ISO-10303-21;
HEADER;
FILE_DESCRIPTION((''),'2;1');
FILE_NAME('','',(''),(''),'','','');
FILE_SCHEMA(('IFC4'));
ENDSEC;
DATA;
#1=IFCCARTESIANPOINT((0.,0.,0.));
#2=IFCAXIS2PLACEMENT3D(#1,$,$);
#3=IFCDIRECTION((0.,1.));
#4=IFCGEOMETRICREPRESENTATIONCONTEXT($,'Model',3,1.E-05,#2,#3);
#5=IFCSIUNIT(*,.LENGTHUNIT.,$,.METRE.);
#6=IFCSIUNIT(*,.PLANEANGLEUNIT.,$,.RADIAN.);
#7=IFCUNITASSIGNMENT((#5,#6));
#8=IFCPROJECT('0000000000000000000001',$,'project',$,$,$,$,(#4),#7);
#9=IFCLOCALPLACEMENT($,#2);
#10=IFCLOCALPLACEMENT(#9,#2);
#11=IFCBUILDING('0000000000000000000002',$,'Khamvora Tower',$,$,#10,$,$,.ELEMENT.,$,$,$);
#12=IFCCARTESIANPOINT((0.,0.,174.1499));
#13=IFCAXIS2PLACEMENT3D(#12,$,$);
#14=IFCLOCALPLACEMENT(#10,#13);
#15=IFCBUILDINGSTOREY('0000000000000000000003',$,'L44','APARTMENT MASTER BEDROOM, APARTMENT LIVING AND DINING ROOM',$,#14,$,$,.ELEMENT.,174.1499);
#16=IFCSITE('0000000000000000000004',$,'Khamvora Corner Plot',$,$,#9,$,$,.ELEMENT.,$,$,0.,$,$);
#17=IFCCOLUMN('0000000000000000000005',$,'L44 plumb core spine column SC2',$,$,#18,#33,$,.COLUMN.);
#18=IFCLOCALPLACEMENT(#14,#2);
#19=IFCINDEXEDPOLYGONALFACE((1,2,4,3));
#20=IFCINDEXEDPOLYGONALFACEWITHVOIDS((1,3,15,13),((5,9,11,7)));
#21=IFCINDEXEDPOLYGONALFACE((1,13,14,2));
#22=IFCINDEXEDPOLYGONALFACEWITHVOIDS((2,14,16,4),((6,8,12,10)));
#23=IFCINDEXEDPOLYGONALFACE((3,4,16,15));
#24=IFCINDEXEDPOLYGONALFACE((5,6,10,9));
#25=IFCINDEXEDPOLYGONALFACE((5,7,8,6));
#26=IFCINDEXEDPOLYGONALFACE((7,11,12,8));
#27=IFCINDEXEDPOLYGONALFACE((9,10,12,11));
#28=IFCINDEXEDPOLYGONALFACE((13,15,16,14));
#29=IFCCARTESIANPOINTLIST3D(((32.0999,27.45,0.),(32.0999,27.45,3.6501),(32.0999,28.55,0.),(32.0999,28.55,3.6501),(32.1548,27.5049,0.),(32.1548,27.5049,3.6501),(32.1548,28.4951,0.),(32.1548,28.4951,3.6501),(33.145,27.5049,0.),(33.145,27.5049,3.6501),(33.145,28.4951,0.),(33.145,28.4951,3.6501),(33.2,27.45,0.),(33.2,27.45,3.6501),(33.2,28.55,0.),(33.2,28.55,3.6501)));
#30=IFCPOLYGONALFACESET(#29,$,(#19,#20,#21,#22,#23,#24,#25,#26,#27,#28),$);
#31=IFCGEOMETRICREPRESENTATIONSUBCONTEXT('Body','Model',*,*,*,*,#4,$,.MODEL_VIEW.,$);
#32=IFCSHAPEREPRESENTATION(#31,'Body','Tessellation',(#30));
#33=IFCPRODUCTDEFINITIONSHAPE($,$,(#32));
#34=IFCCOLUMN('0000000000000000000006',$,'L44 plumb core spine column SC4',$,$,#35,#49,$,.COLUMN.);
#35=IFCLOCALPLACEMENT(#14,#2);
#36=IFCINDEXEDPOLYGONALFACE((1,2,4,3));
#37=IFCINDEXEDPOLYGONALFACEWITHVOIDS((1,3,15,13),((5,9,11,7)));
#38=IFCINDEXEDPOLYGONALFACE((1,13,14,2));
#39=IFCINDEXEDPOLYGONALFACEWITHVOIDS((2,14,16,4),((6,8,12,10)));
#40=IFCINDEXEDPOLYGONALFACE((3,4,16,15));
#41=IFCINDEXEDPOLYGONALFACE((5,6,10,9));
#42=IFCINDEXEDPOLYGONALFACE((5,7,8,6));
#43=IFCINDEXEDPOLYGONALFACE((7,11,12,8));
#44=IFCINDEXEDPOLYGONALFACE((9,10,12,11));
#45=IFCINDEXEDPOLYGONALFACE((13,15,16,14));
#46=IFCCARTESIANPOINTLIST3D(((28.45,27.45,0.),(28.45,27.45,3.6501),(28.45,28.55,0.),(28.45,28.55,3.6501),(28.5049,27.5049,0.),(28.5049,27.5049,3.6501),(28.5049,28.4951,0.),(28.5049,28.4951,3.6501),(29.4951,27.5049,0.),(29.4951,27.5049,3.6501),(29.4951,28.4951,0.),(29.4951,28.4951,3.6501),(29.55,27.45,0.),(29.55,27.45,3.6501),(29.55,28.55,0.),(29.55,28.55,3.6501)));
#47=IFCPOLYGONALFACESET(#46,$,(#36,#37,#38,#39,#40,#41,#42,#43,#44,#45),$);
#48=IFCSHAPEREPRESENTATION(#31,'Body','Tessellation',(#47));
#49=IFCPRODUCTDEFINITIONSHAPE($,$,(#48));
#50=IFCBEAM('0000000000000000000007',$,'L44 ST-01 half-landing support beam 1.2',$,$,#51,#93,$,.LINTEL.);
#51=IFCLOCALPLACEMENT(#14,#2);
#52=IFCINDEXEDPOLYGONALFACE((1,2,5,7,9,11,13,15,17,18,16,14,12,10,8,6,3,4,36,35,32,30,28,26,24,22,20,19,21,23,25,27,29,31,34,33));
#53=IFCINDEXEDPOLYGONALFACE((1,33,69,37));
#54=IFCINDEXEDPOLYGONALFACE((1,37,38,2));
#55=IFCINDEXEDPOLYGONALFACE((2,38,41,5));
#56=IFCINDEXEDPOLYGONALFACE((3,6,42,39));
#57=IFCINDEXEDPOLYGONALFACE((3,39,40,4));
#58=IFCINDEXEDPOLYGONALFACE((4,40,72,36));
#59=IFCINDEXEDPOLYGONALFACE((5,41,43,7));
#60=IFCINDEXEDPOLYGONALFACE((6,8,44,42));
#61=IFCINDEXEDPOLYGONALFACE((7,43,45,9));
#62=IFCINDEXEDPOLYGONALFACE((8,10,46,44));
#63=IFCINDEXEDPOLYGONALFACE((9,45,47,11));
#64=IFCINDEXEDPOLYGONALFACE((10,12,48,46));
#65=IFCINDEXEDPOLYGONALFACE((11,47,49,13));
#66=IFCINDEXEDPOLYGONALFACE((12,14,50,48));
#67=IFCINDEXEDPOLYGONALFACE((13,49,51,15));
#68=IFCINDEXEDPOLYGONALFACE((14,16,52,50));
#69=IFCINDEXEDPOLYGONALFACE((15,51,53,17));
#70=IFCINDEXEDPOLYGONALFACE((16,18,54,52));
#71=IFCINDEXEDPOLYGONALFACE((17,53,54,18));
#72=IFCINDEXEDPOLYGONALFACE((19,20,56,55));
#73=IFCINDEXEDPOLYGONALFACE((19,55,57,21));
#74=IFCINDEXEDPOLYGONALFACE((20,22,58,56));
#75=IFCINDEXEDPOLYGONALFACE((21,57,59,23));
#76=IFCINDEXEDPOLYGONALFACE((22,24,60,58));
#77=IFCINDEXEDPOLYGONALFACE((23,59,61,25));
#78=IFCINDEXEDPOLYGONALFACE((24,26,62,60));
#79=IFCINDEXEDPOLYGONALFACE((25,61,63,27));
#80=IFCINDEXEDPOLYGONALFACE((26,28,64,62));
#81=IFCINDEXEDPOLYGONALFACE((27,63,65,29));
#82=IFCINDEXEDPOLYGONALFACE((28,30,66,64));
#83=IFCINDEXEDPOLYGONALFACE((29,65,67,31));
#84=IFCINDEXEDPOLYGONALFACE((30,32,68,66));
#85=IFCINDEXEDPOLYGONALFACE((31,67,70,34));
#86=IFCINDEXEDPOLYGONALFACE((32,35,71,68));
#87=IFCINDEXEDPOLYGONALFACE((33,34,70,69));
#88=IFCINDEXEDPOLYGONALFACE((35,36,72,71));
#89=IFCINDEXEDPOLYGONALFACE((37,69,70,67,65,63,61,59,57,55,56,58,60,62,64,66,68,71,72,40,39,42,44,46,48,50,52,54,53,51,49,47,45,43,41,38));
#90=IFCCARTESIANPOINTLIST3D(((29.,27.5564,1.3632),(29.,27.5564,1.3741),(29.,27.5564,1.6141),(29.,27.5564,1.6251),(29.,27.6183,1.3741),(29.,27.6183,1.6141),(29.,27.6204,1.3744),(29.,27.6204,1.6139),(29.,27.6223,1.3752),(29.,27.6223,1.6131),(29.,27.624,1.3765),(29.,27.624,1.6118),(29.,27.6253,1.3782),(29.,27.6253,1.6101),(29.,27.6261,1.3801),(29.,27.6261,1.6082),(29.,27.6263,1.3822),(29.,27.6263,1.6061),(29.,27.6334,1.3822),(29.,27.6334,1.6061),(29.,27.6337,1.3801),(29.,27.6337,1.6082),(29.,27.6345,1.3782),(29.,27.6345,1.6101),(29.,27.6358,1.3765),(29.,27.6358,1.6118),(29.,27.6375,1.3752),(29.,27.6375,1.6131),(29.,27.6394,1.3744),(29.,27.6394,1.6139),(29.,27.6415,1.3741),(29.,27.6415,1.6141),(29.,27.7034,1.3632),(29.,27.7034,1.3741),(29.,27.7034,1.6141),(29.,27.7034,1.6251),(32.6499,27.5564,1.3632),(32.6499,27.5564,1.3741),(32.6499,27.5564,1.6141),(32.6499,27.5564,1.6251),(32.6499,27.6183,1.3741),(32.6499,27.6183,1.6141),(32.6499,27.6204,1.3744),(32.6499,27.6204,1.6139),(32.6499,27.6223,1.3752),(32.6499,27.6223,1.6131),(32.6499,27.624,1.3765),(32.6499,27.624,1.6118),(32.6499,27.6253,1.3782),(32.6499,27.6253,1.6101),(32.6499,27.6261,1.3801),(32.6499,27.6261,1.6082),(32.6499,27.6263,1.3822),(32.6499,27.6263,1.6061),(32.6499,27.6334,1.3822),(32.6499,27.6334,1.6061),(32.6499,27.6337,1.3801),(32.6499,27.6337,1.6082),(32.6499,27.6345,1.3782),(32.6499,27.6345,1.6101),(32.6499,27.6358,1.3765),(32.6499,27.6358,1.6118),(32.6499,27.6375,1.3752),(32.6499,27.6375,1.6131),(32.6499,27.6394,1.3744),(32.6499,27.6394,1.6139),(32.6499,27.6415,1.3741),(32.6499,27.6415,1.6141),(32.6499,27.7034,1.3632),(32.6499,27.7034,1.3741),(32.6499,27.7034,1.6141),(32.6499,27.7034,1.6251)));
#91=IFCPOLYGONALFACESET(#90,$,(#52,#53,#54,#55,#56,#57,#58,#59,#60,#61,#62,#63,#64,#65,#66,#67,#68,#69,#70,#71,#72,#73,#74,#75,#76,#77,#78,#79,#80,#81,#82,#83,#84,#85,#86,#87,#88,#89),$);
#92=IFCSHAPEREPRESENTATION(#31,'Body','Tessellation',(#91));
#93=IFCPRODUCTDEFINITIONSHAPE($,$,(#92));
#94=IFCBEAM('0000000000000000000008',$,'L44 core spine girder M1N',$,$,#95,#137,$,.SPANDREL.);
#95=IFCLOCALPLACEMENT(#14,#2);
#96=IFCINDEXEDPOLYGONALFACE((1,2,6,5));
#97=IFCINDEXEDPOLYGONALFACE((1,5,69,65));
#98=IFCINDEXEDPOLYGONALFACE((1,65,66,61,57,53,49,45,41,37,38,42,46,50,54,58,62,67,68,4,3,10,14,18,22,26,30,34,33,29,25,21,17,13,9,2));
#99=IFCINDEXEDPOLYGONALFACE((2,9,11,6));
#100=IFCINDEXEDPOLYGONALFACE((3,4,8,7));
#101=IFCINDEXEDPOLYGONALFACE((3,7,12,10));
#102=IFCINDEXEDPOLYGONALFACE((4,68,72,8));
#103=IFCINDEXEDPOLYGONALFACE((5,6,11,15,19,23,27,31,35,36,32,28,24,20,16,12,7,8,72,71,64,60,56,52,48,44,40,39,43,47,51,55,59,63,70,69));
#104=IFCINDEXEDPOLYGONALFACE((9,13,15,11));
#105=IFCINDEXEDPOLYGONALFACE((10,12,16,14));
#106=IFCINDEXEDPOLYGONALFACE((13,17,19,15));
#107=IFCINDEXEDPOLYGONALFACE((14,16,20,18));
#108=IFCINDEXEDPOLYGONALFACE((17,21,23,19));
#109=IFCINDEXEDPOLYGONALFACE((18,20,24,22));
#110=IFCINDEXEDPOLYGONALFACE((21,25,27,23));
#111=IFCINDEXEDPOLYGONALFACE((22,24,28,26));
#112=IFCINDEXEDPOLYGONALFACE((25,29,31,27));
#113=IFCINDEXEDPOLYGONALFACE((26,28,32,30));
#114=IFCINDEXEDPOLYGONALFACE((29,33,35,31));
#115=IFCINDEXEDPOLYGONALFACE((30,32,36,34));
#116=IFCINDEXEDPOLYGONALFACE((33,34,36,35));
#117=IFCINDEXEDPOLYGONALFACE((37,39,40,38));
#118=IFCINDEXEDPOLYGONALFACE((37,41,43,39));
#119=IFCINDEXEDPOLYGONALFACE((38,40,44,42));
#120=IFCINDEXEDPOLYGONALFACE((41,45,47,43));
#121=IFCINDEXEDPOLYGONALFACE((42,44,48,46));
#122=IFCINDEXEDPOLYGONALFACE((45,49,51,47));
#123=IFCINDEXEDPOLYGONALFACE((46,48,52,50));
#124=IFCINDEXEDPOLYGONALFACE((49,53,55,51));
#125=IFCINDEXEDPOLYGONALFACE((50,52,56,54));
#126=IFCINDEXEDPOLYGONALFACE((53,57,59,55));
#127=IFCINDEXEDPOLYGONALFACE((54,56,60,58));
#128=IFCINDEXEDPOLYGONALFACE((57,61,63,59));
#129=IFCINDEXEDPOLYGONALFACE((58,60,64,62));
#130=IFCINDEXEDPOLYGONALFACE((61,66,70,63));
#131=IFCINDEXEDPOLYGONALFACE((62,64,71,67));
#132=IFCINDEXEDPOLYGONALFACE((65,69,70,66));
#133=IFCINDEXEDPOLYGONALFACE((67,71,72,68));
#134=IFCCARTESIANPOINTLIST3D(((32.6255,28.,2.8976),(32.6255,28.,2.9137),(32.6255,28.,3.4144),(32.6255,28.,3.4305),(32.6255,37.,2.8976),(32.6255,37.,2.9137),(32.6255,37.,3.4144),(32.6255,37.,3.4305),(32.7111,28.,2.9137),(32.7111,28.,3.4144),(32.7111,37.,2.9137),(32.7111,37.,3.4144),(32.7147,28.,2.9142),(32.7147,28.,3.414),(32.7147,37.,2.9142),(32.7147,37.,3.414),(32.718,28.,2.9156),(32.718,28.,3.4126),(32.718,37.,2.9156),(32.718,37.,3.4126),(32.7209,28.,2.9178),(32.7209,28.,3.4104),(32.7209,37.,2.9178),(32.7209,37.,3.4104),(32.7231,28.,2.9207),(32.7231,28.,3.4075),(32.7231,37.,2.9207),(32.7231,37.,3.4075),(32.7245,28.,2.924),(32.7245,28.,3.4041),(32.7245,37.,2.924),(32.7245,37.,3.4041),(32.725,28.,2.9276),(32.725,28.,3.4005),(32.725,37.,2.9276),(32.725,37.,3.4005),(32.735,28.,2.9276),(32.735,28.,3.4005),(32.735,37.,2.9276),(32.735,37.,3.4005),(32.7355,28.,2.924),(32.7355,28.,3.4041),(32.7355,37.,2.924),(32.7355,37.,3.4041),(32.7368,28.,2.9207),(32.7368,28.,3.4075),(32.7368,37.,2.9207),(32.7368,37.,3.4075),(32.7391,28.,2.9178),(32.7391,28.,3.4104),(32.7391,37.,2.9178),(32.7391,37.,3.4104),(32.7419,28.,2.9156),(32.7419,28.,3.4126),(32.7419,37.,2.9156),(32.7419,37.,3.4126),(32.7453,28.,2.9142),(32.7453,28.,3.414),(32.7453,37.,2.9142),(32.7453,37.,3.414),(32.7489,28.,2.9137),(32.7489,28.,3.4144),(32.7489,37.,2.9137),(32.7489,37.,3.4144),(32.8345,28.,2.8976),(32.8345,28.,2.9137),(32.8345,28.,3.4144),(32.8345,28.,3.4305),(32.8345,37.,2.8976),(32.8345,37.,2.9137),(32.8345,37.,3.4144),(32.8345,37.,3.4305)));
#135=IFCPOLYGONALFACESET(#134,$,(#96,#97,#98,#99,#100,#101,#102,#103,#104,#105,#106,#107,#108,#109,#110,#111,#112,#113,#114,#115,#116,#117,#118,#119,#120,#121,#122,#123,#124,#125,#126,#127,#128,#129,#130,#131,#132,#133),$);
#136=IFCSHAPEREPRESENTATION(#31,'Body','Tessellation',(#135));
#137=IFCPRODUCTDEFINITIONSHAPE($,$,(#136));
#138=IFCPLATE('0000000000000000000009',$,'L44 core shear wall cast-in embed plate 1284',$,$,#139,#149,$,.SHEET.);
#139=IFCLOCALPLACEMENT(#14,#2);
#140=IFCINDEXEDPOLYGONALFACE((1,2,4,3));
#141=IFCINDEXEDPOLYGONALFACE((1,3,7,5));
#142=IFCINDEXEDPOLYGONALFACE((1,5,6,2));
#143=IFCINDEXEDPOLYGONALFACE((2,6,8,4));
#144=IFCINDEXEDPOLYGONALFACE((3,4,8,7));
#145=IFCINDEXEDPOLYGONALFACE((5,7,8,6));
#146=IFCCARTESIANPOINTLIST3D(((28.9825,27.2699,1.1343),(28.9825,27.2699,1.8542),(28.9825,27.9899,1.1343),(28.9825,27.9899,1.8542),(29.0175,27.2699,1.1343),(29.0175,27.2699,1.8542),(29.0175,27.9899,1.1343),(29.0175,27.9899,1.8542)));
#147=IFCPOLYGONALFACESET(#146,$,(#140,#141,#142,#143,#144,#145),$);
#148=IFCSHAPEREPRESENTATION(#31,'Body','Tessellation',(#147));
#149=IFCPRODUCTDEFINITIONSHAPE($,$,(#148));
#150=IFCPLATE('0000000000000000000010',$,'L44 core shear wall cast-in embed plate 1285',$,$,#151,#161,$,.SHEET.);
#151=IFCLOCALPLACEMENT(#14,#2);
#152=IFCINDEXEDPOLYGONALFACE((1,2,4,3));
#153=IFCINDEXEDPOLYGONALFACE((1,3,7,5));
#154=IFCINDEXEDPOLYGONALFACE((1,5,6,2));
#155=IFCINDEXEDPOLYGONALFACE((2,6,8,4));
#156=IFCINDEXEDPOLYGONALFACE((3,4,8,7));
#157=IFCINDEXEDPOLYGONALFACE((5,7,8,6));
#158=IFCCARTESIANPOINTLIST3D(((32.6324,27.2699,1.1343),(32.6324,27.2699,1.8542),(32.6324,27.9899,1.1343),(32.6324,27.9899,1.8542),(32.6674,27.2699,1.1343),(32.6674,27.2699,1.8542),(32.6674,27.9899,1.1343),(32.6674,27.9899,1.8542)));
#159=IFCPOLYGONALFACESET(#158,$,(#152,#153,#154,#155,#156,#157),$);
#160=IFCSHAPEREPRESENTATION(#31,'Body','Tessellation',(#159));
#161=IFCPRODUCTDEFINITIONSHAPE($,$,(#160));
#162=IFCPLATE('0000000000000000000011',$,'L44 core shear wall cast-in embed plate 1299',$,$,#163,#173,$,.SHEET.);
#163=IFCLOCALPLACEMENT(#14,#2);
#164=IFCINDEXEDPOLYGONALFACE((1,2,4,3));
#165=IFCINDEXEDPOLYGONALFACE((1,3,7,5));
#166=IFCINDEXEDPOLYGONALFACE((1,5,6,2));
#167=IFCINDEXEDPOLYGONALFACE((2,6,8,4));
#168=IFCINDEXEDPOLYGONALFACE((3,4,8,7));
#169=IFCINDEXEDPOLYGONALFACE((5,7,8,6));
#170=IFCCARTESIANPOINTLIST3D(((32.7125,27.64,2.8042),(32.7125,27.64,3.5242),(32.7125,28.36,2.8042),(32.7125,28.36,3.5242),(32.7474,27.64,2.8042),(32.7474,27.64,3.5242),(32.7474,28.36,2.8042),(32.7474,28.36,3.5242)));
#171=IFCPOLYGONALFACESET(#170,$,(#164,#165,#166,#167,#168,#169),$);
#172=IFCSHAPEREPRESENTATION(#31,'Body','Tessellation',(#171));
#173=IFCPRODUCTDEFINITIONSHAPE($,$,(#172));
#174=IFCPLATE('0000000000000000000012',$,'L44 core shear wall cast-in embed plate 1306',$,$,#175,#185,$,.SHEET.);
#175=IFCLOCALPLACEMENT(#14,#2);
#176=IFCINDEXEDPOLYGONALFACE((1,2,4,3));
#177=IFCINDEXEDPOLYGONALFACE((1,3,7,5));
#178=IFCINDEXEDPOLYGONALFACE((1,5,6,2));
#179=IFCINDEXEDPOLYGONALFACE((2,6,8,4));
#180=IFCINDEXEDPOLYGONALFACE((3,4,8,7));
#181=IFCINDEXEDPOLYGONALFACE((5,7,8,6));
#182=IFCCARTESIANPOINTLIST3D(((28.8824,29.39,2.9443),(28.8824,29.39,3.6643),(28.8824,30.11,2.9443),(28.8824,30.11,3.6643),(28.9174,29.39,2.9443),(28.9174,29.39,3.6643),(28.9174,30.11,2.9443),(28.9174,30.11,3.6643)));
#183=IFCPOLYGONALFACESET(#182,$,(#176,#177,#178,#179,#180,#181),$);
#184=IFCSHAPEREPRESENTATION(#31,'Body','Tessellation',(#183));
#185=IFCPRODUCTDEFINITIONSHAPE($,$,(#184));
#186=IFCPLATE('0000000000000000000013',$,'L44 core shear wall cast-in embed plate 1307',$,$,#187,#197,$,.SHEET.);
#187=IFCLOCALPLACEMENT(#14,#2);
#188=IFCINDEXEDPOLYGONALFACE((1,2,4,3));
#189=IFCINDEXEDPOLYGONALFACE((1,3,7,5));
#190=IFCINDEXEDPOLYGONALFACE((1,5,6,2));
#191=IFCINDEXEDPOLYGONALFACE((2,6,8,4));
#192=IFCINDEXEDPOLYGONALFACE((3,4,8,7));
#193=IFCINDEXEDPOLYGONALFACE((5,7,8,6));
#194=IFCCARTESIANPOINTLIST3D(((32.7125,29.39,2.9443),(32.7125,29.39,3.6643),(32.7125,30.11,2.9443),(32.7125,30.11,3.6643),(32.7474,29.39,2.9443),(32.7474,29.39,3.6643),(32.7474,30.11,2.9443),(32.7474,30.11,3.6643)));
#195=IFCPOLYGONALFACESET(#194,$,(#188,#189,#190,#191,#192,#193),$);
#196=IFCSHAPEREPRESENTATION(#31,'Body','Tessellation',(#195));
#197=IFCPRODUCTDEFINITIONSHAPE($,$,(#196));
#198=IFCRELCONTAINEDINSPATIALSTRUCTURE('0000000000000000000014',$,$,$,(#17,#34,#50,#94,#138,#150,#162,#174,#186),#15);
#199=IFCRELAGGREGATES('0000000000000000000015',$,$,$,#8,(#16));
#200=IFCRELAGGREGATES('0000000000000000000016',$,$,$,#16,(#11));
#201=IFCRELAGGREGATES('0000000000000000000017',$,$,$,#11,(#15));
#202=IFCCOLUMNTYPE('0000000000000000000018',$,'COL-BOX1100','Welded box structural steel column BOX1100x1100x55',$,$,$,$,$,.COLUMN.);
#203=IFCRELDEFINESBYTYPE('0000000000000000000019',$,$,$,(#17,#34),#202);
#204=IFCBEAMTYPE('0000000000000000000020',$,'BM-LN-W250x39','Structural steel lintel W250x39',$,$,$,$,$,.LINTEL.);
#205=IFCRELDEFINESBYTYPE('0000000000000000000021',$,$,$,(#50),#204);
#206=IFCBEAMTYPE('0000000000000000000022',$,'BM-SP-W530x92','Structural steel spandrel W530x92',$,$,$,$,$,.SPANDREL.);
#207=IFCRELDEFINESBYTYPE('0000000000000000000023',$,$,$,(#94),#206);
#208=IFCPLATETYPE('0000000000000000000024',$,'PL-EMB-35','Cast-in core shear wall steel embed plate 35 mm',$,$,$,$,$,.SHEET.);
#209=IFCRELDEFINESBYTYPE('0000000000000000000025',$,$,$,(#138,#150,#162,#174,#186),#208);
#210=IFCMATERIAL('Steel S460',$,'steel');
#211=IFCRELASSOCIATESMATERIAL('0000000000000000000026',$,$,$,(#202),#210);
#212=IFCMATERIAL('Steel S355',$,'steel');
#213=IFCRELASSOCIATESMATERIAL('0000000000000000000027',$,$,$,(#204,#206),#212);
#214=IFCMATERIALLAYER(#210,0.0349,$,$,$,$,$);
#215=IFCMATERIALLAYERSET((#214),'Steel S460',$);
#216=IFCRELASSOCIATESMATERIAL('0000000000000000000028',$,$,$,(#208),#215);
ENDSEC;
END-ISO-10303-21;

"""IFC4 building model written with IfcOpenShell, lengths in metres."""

from ifc_helpers import new_model, si_unit, direction, frame, origin, origin_2d, place, context, subcontext, project, spatial, rectangle, hollow_rectangle, i_section, extrude, material, layer, layer_set, material_profile, profile_set, type_object, element, save


model = new_model("IFC4")

# Units and contexts
model_context = context("Model", 3, precision=1e-05, world=origin(), true_north=direction((0.0, 1.0)))
body_context = subcontext(model_context, "Body", "Model", "MODEL_VIEW")
ifc_project = project(units=[si_unit("LENGTHUNIT", "METRE"), si_unit("PLANEANGLEUNIT", "RADIAN")], contexts=[model_context])

# Site, building, storey
site_placement = place(None, origin())
site = spatial("IfcSite", under=ifc_project, at=site_placement, Name="Khamvora Corner Plot", CompositionType="ELEMENT", RefElevation=0.0)
building_placement = place(site_placement, origin())
building = spatial("IfcBuilding", under=site, at=building_placement, Name="Khamvora Tower", CompositionType="ELEMENT")
storey_placement = place(building_placement, frame((0.0, 0.0, 174.1499)))
storey = spatial("IfcBuildingStorey", under=building, at=storey_placement, Name="L44", Description="APARTMENT MASTER BEDROOM, APARTMENT LIVING AND DINING ROOM", CompositionType="ELEMENT", Elevation=174.1499)

# Columns
ifc_material_1 = material(Name="Steel S460", Category="steel")
ifc_material_profile_1 = material_profile(ifc_material_1, hollow_rectangle(XDim=1.1001, YDim=1.1001, WallThickness=0.0549, at=origin_2d()), Name="BOX1100x1100x55")
ifc_profile_set_1 = profile_set([ifc_material_profile_1], Name="Steel S460")
column_type = type_object("IfcColumnType", Name="COL-BOX1100", Description="Welded box structural steel column BOX1100x1100x55", PredefinedType="COLUMN", material=ifc_profile_set_1)
for number, where, z_axis, x_axis, name in (
    (1, (32.6499, 28.0, 0.0), (0.0, 0.0, 1.0), (1.0, 0.0, 0.0), "L44 plumb core spine column SC2"),
    (2, (29.0, 28.0, 0.0), (0.0, 0.0, 1.0), (1.0, 0.0, 0.0), "L44 plumb core spine column SC4"),
):
    element("IfcColumn", number, at=place(storey_placement, frame(where, z_axis=z_axis, x_axis=x_axis)), inside=storey, type_object=column_type, Name=name, PredefinedType="COLUMN", context=body_context, shape_type="SweptSolid", body=[
        extrude(hollow_rectangle(XDim=1.1001, YDim=1.1001, WallThickness=0.0549, at=origin_2d()), origin(), (0.0, 0.0, 1.0), 3.6501),
    ])

# Beams
ifc_material_2 = material(Name="Steel S355", Category="steel")
ifc_material_profile_2 = material_profile(ifc_material_2, i_section(OverallWidth=0.147, OverallDepth=0.262, WebThickness=0.0071, FlangeThickness=0.011, FilletRadius=0.0081, at=origin_2d()), Name="W250x39")
ifc_profile_set_2 = profile_set([ifc_material_profile_2], Name="Steel S355")
beam_type_1 = type_object("IfcBeamType", Name="BM-LN-W250x39", Description="Structural steel lintel W250x39", PredefinedType="LINTEL", material=ifc_profile_set_2)
beam_1_placement = place(storey_placement, frame((29.0, 27.6299, 1.4941), z_axis=(1.0, 0.0, 0.0), x_axis=(0.0, 1.0, 0.0)))
element("IfcBeam", 3, at=beam_1_placement, inside=storey, type_object=beam_type_1, Name="L44 ST-01 half-landing support beam 1.2", PredefinedType="LINTEL", context=body_context, shape_type="SweptSolid", body=[
    extrude(i_section(OverallWidth=0.147, OverallDepth=0.262, WebThickness=0.0071, FlangeThickness=0.011, FilletRadius=0.0081, at=origin_2d()), origin(), (0.0, 0.0, 1.0), 3.6499),
])
ifc_material_profile_3 = material_profile(ifc_material_2, i_section(OverallWidth=0.209, OverallDepth=0.533, WebThickness=0.01, FlangeThickness=0.0161, FilletRadius=0.0139, at=origin_2d()), Name="W530x92")
ifc_profile_set_3 = profile_set([ifc_material_profile_3], Name="Steel S355")
beam_type_2 = type_object("IfcBeamType", Name="BM-SP-W530x92", Description="Structural steel spandrel W530x92", PredefinedType="SPANDREL", material=ifc_profile_set_3)
beam_2_placement = place(storey_placement, frame((32.73, 28.0, 3.1641), z_axis=(0.0, 1.0, 0.0), x_axis=(-1.0, 0.0, 0.0)))
element("IfcBeam", 4, at=beam_2_placement, inside=storey, type_object=beam_type_2, Name="L44 core spine girder M1N", PredefinedType="SPANDREL", context=body_context, shape_type="SweptSolid", body=[
    extrude(i_section(OverallWidth=0.209, OverallDepth=0.533, WebThickness=0.01, FlangeThickness=0.0161, FilletRadius=0.0139, at=origin_2d()), origin(), (0.0, 0.0, 1.0), 9.0),
])

# Plates
ifc_layer_1 = layer(ifc_material_1, 0.0349)
ifc_layer_set_1 = layer_set([ifc_layer_1], Name="Steel S460")
plate_type = type_object("IfcPlateType", Name="PL-EMB-35", Description="Cast-in core shear wall steel embed plate 35 mm", PredefinedType="SHEET", material=ifc_layer_set_1)
for number, where, z_axis, x_axis, name in (
    (5, (29.0, 27.6299, 1.1343), (0.0, 0.0, 1.0), (1.0, 0.0, 0.0), "L44 core shear wall cast-in embed plate 1284"),
    (6, (32.6499, 27.6299, 1.1343), (0.0, 0.0, 1.0), (1.0, 0.0, 0.0), "L44 core shear wall cast-in embed plate 1285"),
    (7, (32.73, 28.0, 2.8042), (0.0, 0.0, 1.0), (1.0, 0.0, 0.0), "L44 core shear wall cast-in embed plate 1299"),
    (8, (28.8999, 29.75, 2.9443), (0.0, 0.0, 1.0), (1.0, 0.0, 0.0), "L44 core shear wall cast-in embed plate 1306"),
    (9, (32.73, 29.75, 2.9443), (0.0, 0.0, 1.0), (1.0, 0.0, 0.0), "L44 core shear wall cast-in embed plate 1307"),
):
    element("IfcPlate", number, at=place(storey_placement, frame(where, z_axis=z_axis, x_axis=x_axis)), inside=storey, type_object=plate_type, Name=name, PredefinedType="SHEET", context=body_context, shape_type="SweptSolid", body=[
        extrude(rectangle(XDim=0.0349, YDim=0.72, at=origin_2d()), origin(), (0.0, 0.0, 1.0), 0.72),
    ])

save(model, "model.ifc")
